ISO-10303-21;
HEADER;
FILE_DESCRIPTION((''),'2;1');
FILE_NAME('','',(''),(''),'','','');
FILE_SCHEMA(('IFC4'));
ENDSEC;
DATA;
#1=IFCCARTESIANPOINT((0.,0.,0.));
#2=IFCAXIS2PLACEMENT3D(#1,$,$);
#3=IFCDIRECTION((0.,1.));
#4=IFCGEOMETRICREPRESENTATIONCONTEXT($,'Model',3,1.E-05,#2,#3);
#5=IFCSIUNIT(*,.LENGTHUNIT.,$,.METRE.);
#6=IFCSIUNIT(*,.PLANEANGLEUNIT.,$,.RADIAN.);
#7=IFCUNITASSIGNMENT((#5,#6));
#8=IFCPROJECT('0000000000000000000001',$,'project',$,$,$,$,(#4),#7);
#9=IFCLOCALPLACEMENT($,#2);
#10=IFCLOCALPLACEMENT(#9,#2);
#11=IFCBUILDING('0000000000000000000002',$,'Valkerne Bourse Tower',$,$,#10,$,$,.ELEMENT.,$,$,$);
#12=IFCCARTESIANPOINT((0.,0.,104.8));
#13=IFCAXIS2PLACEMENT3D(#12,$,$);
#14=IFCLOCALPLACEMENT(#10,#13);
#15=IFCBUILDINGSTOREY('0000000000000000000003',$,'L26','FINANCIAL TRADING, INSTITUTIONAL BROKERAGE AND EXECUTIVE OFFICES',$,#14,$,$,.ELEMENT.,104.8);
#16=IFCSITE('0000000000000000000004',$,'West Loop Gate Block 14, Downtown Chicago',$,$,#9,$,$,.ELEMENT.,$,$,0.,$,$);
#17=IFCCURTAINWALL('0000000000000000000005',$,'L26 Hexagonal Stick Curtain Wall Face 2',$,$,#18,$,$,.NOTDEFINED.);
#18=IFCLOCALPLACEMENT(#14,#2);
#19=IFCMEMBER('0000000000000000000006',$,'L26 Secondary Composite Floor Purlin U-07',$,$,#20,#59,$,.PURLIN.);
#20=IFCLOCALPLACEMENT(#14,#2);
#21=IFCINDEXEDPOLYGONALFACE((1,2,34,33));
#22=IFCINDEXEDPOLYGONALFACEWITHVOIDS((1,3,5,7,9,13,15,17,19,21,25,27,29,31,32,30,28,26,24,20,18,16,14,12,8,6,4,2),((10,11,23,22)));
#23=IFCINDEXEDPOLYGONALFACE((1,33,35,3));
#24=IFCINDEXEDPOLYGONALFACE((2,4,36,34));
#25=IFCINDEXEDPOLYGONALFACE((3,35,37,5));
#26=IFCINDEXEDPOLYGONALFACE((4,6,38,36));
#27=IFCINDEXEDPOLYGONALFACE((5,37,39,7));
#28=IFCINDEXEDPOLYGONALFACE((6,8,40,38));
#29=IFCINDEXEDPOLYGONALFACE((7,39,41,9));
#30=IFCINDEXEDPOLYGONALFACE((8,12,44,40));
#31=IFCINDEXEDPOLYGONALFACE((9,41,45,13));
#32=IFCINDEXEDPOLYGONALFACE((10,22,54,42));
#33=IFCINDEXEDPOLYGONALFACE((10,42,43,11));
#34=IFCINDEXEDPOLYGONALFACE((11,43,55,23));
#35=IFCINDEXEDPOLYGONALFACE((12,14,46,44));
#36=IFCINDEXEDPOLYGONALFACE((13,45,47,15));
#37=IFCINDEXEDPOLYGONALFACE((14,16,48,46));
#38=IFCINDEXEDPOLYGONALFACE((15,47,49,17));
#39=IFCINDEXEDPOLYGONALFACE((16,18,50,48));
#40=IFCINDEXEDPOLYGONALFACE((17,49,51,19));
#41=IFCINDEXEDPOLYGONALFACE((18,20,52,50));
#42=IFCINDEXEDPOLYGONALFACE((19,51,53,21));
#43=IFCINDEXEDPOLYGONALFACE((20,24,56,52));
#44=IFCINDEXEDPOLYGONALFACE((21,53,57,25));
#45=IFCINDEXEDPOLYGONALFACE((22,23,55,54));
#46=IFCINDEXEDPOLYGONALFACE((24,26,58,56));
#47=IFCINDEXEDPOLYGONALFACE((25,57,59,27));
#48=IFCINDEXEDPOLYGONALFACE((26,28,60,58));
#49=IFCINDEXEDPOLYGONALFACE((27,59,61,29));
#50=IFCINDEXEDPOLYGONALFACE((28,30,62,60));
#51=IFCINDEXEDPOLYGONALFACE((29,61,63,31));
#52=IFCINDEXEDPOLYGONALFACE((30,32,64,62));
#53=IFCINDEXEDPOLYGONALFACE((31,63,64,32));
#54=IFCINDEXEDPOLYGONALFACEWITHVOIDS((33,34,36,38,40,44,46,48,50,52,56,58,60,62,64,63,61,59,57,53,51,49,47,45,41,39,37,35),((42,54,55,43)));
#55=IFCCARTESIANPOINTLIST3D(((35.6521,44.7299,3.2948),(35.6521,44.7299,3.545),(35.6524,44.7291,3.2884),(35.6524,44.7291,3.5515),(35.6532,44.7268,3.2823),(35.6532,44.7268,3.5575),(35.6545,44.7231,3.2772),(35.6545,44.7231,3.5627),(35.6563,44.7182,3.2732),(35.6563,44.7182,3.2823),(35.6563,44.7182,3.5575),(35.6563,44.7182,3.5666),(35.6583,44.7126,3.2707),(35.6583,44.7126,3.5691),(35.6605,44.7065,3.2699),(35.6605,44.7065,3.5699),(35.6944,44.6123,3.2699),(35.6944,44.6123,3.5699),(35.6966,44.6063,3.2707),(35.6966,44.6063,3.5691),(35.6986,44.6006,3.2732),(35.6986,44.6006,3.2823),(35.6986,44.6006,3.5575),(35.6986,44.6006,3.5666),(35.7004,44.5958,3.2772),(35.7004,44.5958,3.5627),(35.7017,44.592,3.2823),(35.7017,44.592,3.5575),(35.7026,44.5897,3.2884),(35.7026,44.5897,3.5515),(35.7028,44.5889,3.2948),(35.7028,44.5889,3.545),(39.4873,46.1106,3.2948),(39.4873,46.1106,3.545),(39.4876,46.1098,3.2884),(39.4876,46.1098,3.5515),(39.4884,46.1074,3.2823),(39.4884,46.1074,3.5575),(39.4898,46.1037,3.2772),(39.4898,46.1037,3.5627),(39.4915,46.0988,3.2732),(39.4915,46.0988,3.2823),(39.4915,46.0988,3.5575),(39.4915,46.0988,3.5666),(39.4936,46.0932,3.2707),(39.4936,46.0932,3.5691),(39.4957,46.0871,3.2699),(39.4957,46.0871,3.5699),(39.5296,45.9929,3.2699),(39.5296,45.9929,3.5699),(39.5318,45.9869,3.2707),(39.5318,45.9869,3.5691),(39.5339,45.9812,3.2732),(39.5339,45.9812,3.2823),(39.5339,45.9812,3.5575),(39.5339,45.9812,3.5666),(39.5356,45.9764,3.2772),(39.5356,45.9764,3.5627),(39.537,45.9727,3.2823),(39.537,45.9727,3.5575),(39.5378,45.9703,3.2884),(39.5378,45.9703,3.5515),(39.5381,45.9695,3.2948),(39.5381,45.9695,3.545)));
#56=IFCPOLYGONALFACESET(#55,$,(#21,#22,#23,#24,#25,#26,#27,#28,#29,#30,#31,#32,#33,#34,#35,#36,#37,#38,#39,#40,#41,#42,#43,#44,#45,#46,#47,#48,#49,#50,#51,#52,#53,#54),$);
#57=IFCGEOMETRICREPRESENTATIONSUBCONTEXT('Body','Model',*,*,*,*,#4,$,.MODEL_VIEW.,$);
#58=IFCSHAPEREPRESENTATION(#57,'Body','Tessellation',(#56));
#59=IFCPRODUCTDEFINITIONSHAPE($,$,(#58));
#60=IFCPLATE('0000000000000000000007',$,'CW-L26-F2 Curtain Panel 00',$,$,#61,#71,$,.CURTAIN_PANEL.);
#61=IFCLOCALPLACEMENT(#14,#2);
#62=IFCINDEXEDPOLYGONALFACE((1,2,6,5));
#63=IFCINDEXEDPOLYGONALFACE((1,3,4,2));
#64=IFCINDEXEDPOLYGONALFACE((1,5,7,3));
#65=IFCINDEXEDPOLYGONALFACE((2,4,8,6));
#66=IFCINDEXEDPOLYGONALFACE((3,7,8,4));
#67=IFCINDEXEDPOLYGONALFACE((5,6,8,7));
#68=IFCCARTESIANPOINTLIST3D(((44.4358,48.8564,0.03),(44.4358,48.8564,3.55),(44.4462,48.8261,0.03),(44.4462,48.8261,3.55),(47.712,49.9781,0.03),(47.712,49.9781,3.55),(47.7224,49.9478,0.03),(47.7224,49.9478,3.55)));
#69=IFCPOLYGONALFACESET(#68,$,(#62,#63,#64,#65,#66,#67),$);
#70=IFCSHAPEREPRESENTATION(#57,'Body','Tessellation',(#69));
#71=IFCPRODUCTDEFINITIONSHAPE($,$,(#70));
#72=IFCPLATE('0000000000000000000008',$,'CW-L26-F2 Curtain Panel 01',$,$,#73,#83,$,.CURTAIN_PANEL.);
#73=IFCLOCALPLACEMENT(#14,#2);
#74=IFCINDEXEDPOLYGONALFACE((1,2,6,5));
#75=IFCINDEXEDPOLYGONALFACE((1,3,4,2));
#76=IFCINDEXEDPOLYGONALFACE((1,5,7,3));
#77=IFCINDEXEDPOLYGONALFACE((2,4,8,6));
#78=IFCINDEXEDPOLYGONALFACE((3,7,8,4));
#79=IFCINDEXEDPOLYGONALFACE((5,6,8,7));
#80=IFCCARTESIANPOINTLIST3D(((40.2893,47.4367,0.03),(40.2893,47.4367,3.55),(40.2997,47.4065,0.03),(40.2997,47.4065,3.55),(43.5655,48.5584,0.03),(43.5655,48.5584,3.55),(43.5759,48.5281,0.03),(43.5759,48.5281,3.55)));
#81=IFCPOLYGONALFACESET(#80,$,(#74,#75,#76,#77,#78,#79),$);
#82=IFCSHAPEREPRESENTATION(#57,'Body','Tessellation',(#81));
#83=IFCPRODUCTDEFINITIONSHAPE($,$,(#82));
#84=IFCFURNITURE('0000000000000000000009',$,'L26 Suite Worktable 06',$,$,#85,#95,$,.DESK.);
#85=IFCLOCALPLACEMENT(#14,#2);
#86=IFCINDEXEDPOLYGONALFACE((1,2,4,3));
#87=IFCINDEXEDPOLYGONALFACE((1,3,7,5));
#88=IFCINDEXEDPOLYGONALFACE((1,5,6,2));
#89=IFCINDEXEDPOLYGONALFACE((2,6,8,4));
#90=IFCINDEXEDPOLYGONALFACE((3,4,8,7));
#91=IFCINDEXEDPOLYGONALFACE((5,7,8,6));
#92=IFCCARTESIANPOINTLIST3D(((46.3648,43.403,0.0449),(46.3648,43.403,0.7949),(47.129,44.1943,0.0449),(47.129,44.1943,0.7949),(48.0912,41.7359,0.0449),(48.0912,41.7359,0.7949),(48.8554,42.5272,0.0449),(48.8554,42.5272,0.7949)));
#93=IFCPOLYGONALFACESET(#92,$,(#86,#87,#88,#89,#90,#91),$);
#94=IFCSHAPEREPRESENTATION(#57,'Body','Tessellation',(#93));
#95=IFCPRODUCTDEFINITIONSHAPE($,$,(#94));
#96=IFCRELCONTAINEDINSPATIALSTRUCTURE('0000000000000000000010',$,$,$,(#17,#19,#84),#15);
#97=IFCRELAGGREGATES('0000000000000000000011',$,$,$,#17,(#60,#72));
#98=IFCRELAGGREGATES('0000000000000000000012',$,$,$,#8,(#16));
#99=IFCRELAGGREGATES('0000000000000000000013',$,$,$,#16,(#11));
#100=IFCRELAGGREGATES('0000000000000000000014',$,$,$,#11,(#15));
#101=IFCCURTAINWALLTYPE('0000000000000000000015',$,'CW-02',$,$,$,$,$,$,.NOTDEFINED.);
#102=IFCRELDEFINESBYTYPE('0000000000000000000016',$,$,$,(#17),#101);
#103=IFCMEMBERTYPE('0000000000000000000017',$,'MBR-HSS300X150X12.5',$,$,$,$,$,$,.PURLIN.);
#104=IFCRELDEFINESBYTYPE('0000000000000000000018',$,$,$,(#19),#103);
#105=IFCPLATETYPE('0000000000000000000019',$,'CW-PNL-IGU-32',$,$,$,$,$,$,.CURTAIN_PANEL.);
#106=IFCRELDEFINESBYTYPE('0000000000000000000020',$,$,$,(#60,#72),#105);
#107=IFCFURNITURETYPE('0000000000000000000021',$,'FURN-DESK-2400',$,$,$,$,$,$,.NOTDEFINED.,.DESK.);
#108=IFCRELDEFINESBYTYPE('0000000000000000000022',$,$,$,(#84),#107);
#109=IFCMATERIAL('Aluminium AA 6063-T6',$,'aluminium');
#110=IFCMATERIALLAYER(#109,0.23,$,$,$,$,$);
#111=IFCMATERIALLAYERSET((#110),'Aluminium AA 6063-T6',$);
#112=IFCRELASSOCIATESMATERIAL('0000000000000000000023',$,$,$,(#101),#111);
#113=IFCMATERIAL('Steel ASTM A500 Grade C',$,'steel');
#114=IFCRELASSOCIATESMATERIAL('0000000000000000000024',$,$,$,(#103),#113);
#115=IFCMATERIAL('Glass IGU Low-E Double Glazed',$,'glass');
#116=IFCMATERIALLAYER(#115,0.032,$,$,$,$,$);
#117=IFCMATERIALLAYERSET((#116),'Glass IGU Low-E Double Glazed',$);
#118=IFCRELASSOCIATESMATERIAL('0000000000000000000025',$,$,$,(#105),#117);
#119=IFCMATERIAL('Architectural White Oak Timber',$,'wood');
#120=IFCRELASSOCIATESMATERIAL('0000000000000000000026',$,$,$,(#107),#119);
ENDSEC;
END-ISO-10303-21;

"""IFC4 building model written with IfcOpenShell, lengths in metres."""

from ifc_helpers import new_model, si_unit, direction, frame, origin, origin_2d, place, context, subcontext, project, spatial, rectangle, hollow_rectangle, extrude, material, layer, layer_set, material_profile, profile_set, type_object, element, aggregate, save


model = new_model("IFC4")

# Units and contexts
model_context = context("Model", 3, precision=1e-05, world=origin(), true_north=direction((0.0, 1.0)))
body_context = subcontext(model_context, "Body", "Model", "MODEL_VIEW")
ifc_project = project(units=[si_unit("LENGTHUNIT", "METRE"), si_unit("PLANEANGLEUNIT", "RADIAN")], contexts=[model_context])

# Site, building, storey
site_placement = place(None, origin())
site = spatial("IfcSite", under=ifc_project, at=site_placement, Name="West Loop Gate Block 14, Downtown Chicago", CompositionType="ELEMENT", RefElevation=0.0)
building_placement = place(site_placement, origin())
building = spatial("IfcBuilding", under=site, at=building_placement, Name="Valkerne Bourse Tower", CompositionType="ELEMENT")
storey_placement = place(building_placement, frame((0.0, 0.0, 104.8)))
storey = spatial("IfcBuildingStorey", under=building, at=storey_placement, Name="L26", Description="FINANCIAL TRADING, INSTITUTIONAL BROKERAGE AND EXECUTIVE OFFICES", CompositionType="ELEMENT", Elevation=104.8)

# Curtain wall
ifc_material_1 = material(Name="Aluminium AA 6063-T6", Category="aluminium")
ifc_layer_1 = layer(ifc_material_1, 0.23)
ifc_layer_set_1 = layer_set([ifc_layer_1], Name="Aluminium AA 6063-T6")
curtain_wall_type = type_object("IfcCurtainWallType", Name="CW-02", PredefinedType="NOTDEFINED", material=ifc_layer_set_1)
curtain_wall_placement = place(storey_placement, origin())
curtain_wall = element("IfcCurtainWall", 1, at=curtain_wall_placement, inside=storey, type_object=curtain_wall_type, Name="L26 Hexagonal Stick Curtain Wall Face 2", PredefinedType="NOTDEFINED")

# Member
ifc_material_2 = material(Name="Steel ASTM A500 Grade C", Category="steel")
ifc_material_profile_1 = material_profile(ifc_material_2, hollow_rectangle(XDim=0.1499, YDim=0.3, WallThickness=0.0125, OuterFilletRadius=0.0249, at=origin_2d()), Name="HSS300X150X12.5")
ifc_profile_set_1 = profile_set([ifc_material_profile_1], Name="Steel ASTM A500 Grade C")
member_type_1 = type_object("IfcMemberType", Name="MBR-HSS300X150X12.5", PredefinedType="PURLIN", material=ifc_profile_set_1)
member_1_placement = place(storey_placement, frame((39.5127, 46.04, 3.4199), z_axis=(-0.940892, -0.338707, 0.0), x_axis=(0.338707, -0.940892, 0.0)))
element("IfcMember", 2, at=member_1_placement, inside=storey, type_object=member_type_1, Name="L26 Secondary Composite Floor Purlin U-07", PredefinedType="PURLIN", context=body_context, shape_type="SweptSolid", body=[
    extrude(hollow_rectangle(XDim=0.1499, YDim=0.3, WallThickness=0.0125, OuterFilletRadius=0.0249, at=origin_2d()), origin(), (0.0, 0.0, 1.0), 4.0762),
])

# Plates
ifc_material_3 = material(Name="Glass IGU Low-E Double Glazed", Category="glass")
ifc_layer_2 = layer(ifc_material_3, 0.032)
ifc_layer_set_2 = layer_set([ifc_layer_2], Name="Glass IGU Low-E Double Glazed")
plate_type = type_object("IfcPlateType", Name="CW-PNL-IGU-32", PredefinedType="CURTAIN_PANEL", material=ifc_layer_set_2)
plate_1_placement = place(storey_placement, frame((46.0791, 49.4021, 0.03), z_axis=(0.0, 0.0, 1.0), x_axis=(-0.946088, -0.323911, 0.0)))
plate_1 = element("IfcPlate", 3, at=plate_1_placement, type_object=plate_type, Name="CW-L26-F2 Curtain Panel 00", PredefinedType="CURTAIN_PANEL", context=body_context, shape_type="SweptSolid", body=[
    extrude(rectangle(XDim=3.4629, YDim=0.032, at=origin_2d()), origin(), (0.0, 0.0, 1.0), 3.52),
])
plate_2_placement = place(storey_placement, frame((41.9326, 47.9824, 0.03), z_axis=(0.0, 0.0, 1.0), x_axis=(-0.946088, -0.323911, 0.0)))
plate_2 = element("IfcPlate", 4, at=plate_2_placement, type_object=plate_type, Name="CW-L26-F2 Curtain Panel 01", PredefinedType="CURTAIN_PANEL", context=body_context, shape_type="SweptSolid", body=[
    extrude(rectangle(XDim=3.4629, YDim=0.032, at=origin_2d()), origin(), (0.0, 0.0, 1.0), 3.52),
])
aggregate(curtain_wall, [plate_1, plate_2])

# Furniture
ifc_material_4 = material(Name="Architectural White Oak Timber", Category="wood")
furniture_type = type_object("IfcFurnitureType", Name="FURN-DESK-2400", AssemblyPlace="NOTDEFINED", PredefinedType="DESK", material=ifc_material_4)
furniture_placement = place(storey_placement, frame((47.6101, 42.9651, 0.0449), z_axis=(0.0, 0.0, 1.0), x_axis=(-0.71934, 0.694658, 0.0)))
element("IfcFurniture", 5, at=furniture_placement, inside=storey, type_object=furniture_type, Name="L26 Suite Worktable 06", PredefinedType="DESK", context=body_context, shape_type="SweptSolid", body=[
    extrude(rectangle(XDim=2.3999, YDim=1.1001, at=origin_2d()), origin(), (0.0, 0.0, 1.0), 0.75),
])

save(model, "model.ifc")
